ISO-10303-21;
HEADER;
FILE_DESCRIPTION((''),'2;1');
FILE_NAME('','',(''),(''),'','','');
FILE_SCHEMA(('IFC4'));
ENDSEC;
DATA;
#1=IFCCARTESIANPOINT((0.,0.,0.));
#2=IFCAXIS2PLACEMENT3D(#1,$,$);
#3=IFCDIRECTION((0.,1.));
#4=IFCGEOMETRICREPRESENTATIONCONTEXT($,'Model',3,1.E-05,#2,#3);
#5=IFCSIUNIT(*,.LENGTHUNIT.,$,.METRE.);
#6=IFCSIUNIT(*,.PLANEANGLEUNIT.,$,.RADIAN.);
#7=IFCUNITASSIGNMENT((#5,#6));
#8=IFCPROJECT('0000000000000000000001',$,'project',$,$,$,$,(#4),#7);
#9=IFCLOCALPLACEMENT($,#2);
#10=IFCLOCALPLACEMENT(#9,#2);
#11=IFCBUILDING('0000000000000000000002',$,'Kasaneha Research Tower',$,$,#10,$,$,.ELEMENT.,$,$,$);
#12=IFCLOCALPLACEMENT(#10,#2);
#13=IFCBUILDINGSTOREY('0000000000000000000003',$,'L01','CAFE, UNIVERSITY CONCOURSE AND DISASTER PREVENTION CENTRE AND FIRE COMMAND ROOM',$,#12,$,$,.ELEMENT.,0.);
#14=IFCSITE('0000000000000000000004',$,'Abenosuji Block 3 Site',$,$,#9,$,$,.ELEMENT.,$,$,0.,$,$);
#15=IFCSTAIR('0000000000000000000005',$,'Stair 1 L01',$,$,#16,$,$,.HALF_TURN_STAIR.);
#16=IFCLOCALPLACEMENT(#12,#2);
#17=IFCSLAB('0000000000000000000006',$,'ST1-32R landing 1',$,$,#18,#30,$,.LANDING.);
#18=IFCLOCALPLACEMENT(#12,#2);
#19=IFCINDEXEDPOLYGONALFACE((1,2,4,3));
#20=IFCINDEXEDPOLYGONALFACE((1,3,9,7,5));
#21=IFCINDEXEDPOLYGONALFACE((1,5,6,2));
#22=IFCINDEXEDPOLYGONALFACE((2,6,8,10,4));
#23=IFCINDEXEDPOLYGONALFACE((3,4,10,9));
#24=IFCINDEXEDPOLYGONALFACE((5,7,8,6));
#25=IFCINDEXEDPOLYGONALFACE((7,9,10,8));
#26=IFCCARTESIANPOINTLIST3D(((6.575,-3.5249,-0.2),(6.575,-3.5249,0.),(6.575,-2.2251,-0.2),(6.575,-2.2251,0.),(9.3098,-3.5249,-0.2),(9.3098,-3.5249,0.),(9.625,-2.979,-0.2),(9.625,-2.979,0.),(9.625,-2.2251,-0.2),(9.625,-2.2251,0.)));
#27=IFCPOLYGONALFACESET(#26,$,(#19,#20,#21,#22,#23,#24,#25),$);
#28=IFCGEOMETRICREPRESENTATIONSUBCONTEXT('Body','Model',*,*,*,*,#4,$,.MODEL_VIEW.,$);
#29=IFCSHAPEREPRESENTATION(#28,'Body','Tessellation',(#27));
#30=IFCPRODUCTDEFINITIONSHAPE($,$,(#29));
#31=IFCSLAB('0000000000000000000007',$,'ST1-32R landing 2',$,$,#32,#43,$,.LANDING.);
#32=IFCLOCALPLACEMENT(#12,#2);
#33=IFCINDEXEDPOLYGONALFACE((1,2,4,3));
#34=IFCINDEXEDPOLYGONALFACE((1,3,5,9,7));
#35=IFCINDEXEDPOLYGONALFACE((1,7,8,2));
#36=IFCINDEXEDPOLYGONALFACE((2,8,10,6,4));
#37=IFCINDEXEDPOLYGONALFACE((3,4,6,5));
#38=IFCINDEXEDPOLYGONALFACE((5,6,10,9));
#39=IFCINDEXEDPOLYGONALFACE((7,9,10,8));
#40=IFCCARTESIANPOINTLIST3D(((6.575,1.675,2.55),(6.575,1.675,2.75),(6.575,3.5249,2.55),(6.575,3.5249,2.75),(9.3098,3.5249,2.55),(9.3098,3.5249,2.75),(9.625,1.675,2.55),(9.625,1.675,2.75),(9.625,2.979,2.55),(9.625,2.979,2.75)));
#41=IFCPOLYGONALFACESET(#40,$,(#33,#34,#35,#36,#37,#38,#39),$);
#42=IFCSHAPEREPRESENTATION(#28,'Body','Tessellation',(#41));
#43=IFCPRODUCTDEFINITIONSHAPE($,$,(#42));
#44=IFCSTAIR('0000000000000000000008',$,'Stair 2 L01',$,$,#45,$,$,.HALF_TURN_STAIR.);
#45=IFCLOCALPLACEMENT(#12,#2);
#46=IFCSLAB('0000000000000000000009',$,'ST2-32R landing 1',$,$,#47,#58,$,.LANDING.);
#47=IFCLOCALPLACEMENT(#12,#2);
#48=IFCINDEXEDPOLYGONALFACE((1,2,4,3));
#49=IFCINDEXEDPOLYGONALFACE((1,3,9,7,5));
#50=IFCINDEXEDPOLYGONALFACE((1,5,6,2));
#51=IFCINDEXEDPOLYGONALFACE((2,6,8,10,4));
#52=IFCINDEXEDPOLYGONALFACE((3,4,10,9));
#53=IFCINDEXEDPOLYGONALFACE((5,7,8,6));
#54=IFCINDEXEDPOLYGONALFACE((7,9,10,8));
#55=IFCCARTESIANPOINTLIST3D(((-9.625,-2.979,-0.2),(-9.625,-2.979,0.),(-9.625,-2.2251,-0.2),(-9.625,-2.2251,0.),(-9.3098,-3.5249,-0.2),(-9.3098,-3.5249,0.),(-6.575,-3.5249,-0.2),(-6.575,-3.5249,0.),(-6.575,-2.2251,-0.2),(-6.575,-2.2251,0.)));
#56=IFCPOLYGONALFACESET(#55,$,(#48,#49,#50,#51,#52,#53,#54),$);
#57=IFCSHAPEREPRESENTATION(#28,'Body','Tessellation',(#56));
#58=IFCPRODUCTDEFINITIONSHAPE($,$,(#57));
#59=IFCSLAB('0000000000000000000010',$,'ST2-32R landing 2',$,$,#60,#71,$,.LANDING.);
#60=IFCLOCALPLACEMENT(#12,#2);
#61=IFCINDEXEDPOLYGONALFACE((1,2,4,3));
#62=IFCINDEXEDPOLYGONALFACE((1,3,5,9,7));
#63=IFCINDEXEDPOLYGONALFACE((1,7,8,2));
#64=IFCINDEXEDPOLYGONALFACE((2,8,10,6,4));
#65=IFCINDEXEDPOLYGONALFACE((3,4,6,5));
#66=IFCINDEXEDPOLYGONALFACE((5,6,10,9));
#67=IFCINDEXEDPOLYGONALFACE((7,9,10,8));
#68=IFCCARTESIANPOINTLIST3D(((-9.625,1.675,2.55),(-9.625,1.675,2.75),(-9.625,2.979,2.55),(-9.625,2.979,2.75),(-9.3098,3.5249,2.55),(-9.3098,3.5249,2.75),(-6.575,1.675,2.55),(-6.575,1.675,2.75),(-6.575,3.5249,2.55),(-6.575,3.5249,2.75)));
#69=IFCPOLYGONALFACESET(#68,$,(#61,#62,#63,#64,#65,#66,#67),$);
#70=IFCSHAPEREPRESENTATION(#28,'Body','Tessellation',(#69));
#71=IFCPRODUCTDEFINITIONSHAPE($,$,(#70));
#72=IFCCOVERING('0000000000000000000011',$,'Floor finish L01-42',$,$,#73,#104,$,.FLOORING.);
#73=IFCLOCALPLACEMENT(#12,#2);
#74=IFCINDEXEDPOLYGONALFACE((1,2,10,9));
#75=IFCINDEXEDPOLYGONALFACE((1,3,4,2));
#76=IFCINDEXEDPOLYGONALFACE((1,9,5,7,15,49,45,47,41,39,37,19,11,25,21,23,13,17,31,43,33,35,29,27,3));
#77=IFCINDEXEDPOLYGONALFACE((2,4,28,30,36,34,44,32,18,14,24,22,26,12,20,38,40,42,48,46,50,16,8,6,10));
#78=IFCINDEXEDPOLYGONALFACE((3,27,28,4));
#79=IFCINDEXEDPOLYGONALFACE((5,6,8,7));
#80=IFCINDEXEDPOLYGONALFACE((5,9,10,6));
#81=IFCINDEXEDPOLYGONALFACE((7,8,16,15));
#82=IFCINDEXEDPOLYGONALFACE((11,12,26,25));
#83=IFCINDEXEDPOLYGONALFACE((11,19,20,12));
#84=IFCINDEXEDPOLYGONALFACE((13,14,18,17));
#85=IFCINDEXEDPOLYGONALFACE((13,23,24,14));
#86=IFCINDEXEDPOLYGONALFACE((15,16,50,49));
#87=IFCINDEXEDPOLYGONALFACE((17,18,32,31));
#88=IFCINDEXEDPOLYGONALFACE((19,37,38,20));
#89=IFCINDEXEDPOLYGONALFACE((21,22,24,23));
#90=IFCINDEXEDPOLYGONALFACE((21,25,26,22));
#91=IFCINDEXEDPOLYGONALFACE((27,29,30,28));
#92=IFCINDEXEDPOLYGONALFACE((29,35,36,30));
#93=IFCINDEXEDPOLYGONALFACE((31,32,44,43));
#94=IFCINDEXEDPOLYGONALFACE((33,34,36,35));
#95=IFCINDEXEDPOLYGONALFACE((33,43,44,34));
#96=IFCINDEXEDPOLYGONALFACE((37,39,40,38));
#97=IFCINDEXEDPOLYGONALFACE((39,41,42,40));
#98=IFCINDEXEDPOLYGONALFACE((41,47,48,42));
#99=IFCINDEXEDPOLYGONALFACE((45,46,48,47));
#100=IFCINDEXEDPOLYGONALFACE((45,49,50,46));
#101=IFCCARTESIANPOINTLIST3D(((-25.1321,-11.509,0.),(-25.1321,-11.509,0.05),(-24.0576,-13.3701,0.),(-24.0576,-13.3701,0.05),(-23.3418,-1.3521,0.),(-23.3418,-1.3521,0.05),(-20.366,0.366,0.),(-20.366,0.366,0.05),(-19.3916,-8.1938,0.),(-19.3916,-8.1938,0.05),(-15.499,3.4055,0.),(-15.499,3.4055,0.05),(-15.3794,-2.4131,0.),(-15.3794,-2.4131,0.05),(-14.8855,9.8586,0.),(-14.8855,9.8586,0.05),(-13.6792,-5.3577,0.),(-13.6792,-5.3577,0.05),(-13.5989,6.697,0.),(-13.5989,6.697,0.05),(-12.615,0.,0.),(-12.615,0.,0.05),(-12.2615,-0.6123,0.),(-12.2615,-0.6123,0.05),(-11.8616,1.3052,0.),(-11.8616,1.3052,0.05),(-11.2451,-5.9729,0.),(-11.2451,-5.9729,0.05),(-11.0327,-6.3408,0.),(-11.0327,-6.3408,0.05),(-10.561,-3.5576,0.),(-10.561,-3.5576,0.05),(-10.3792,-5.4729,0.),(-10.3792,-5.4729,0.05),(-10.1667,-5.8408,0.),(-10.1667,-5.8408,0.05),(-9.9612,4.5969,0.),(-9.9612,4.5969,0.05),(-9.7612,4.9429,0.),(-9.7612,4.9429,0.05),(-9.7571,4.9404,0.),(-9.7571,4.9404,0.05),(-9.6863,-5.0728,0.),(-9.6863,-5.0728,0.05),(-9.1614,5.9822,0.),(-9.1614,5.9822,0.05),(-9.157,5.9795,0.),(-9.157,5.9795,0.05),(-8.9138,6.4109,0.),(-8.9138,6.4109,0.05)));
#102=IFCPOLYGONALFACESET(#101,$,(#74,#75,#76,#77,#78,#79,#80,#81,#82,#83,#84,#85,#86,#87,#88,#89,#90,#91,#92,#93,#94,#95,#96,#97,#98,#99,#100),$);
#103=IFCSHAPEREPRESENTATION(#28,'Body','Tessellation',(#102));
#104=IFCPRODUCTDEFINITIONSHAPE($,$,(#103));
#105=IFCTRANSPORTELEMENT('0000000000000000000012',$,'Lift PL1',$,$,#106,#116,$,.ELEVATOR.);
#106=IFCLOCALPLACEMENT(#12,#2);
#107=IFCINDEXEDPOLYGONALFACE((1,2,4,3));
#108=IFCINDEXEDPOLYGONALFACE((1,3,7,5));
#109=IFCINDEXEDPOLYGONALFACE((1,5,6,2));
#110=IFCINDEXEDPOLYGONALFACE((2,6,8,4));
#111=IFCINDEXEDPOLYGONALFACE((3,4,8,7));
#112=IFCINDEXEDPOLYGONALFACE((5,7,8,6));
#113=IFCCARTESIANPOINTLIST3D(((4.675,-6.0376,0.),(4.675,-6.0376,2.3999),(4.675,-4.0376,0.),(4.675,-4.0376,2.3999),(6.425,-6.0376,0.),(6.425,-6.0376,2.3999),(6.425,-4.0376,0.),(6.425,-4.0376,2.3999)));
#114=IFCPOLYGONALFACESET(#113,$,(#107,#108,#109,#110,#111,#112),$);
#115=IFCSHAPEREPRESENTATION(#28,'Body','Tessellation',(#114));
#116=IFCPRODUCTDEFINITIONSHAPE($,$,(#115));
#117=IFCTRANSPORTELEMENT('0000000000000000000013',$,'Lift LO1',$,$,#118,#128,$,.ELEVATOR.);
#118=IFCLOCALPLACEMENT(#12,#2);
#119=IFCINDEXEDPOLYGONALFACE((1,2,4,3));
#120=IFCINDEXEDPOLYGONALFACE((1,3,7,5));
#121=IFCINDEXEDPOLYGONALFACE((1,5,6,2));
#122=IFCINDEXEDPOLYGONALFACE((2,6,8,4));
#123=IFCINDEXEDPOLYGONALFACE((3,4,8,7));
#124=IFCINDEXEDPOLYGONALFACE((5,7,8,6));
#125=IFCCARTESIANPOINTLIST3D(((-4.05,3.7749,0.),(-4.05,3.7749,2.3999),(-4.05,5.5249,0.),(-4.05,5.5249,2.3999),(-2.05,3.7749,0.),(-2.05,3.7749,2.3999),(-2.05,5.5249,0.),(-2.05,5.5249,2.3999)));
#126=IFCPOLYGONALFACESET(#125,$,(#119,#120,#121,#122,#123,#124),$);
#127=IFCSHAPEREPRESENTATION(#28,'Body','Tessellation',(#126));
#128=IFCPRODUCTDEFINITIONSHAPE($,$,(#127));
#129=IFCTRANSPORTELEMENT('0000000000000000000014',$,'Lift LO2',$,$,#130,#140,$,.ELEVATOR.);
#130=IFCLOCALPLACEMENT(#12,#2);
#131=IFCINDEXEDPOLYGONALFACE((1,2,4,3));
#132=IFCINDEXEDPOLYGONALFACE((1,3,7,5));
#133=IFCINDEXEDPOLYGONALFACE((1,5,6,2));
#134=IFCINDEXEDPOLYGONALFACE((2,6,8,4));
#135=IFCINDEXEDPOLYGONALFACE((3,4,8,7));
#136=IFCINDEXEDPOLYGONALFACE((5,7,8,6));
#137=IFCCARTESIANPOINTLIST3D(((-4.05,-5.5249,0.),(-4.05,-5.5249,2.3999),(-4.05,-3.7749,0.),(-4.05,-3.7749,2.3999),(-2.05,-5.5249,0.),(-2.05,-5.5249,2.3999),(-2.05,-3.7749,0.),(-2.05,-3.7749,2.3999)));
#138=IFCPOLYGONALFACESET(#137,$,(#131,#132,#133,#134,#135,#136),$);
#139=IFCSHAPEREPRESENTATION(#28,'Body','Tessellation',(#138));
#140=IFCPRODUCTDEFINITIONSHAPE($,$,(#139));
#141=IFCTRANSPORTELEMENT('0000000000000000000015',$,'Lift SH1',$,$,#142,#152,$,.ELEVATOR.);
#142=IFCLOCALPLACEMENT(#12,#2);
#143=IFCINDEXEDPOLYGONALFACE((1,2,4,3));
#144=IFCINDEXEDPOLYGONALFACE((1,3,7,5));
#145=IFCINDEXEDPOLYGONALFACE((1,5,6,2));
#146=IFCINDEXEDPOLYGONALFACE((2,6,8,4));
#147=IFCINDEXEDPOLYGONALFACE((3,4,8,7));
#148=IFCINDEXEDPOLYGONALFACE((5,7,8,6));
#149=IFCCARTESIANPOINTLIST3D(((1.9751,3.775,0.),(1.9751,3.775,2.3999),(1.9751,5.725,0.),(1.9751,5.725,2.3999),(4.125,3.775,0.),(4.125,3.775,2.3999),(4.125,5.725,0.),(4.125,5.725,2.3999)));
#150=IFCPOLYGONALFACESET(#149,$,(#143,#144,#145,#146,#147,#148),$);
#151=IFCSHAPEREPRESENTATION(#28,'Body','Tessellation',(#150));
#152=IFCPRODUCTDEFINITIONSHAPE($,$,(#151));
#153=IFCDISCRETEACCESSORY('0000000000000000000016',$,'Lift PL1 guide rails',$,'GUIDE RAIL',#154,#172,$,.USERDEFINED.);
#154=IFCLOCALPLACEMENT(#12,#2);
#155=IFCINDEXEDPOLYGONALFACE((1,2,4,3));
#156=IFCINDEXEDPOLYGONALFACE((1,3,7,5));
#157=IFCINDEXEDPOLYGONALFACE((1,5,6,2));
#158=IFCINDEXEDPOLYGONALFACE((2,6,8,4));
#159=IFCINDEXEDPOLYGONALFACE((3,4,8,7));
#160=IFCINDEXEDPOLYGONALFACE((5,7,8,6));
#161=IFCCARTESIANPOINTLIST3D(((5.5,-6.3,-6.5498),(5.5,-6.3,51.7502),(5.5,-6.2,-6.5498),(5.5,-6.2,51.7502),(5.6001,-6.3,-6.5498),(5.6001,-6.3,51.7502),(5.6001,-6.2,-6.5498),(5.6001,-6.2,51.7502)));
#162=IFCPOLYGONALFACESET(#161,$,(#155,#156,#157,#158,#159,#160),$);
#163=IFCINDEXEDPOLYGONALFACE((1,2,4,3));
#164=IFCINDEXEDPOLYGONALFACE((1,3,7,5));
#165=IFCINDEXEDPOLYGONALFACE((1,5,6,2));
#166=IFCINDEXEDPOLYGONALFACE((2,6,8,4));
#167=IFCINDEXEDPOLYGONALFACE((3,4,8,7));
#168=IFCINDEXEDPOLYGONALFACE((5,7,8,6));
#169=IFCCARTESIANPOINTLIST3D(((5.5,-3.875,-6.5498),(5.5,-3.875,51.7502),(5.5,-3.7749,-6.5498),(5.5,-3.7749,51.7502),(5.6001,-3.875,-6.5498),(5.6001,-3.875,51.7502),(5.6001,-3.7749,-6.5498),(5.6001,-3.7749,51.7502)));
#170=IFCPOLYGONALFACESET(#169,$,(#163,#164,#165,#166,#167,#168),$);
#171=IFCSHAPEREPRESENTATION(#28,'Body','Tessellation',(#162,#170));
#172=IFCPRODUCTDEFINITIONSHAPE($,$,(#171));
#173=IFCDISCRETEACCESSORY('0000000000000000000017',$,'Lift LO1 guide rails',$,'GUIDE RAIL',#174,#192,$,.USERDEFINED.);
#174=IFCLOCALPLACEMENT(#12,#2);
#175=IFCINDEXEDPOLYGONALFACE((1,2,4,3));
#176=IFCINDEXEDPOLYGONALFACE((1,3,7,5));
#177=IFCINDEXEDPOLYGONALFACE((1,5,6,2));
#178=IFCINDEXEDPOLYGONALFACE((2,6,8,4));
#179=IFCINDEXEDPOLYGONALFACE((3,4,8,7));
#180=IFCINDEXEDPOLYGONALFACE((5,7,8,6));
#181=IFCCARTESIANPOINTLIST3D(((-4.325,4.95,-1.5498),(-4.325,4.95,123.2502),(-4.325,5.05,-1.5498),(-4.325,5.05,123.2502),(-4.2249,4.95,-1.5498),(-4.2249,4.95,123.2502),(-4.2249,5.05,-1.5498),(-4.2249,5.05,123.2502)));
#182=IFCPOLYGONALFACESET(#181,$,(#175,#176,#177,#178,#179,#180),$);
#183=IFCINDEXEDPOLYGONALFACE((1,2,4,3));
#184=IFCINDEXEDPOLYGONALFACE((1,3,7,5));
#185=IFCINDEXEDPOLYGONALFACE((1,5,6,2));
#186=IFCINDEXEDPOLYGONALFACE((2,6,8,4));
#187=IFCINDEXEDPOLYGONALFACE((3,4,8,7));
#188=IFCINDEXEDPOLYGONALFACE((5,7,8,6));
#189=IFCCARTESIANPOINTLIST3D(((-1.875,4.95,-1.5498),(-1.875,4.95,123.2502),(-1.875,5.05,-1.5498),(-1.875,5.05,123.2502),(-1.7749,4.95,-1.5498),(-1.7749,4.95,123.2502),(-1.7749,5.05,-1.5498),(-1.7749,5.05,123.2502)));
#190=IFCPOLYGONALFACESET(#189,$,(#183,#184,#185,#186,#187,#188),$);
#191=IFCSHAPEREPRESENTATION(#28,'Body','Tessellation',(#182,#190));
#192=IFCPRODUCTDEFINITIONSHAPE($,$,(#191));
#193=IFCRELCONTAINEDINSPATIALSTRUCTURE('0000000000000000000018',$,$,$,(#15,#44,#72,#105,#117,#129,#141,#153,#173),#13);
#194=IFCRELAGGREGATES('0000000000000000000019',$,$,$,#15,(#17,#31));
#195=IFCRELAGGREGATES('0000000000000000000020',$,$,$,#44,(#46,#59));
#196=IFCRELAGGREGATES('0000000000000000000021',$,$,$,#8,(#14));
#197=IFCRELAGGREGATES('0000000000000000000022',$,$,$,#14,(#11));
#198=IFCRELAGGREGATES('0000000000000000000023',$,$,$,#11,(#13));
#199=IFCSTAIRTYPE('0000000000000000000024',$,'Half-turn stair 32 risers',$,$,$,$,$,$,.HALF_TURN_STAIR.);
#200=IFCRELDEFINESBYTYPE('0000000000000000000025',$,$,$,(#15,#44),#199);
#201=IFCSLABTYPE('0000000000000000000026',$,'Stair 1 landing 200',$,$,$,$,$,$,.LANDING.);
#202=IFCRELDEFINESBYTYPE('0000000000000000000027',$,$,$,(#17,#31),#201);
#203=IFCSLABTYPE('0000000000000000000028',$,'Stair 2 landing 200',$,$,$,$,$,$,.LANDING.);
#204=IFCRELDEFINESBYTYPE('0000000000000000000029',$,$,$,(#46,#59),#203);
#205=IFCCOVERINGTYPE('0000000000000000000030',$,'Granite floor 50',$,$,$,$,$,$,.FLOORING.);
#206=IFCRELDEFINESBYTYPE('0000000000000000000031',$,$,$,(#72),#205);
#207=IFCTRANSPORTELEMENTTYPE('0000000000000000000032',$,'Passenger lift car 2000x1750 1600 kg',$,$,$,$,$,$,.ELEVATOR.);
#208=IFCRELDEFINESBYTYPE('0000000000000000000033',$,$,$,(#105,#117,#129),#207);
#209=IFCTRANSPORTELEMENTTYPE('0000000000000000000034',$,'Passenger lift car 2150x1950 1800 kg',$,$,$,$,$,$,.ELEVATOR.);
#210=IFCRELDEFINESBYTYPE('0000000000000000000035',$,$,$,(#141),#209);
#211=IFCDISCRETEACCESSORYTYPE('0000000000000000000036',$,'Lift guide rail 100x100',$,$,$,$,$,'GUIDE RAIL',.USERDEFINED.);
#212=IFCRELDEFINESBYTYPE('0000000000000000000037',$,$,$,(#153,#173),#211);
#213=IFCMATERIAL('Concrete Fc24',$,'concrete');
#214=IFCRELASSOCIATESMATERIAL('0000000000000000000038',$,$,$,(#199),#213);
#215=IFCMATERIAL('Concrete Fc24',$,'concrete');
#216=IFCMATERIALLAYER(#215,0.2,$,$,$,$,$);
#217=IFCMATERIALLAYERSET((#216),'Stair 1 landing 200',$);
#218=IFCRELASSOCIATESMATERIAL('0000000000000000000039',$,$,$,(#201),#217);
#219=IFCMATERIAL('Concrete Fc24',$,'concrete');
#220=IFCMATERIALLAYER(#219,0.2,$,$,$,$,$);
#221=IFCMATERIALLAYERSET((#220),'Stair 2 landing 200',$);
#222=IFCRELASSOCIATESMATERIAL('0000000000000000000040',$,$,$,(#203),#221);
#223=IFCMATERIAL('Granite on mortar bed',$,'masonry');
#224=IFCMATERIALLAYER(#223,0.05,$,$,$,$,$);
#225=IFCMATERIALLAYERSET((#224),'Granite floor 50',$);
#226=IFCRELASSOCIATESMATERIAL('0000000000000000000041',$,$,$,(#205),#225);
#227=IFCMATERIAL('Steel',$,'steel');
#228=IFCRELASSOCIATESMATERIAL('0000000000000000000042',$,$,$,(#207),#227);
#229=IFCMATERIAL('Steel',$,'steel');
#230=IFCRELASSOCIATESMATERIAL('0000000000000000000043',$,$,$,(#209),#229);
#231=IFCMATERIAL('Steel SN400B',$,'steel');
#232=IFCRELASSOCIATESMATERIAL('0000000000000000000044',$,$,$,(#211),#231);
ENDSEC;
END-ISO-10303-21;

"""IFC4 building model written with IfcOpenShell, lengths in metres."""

from ifc_helpers import new_model, si_unit, direction, frame, origin, origin_2d, place, context, subcontext, project, spatial, polyline, rectangle, outline, extrude, material, layer, layer_set, type_object, element, aggregate, save


model = new_model("IFC4")

# Units and contexts
model_context = context("Model", 3, precision=1e-05, world=origin(), true_north=direction((0.0, 1.0)))
body_context = subcontext(model_context, "Body", "Model", "MODEL_VIEW")
ifc_project = project(units=[si_unit("LENGTHUNIT", "METRE"), si_unit("PLANEANGLEUNIT", "RADIAN")], contexts=[model_context])

# Site, building, storey
site_placement = place(None, origin())
site = spatial("IfcSite", under=ifc_project, at=site_placement, Name="Abenosuji Block 3 Site", CompositionType="ELEMENT", RefElevation=0.0)
building_placement = place(site_placement, origin())
building = spatial("IfcBuilding", under=site, at=building_placement, Name="Kasaneha Research Tower", CompositionType="ELEMENT")
storey_placement = place(building_placement, origin())
storey = spatial("IfcBuildingStorey", under=building, at=storey_placement, Name="L01", Description="CAFE, UNIVERSITY CONCOURSE AND DISASTER PREVENTION CENTRE AND FIRE COMMAND ROOM", CompositionType="ELEMENT", Elevation=0.0)

# Stairs, slabs
ifc_material_1 = material(Name="Concrete Fc24", Category="concrete")
stair_type = type_object("IfcStairType", Name="Half-turn stair 32 risers", PredefinedType="HALF_TURN_STAIR", material=ifc_material_1)
stair_1_placement = place(storey_placement, origin())
stair_1 = element("IfcStair", 1, at=stair_1_placement, inside=storey, type_object=stair_type, Name="Stair 1 L01", PredefinedType="HALF_TURN_STAIR")
ifc_material_2 = material(Name="Concrete Fc24", Category="concrete")
ifc_layer_1 = layer(ifc_material_2, 0.2)
ifc_layer_set_1 = layer_set([ifc_layer_1], Name="Stair 1 landing 200")
slab_type_1 = type_object("IfcSlabType", Name="Stair 1 landing 200", PredefinedType="LANDING", material=ifc_layer_set_1)
slab_1_placement = place(storey_placement, frame((0.0, 0.0, -0.2)))
slab_1 = element("IfcSlab", 2, at=slab_1_placement, type_object=slab_type_1, Name="ST1-32R landing 1", PredefinedType="LANDING", context=body_context, shape_type="SweptSolid", body=[
    extrude(outline(polyline([(9.3098, -3.5249), (6.575, -3.5249), (6.575, -2.2251), (9.625, -2.2251), (9.625, -2.979), (9.3098, -3.5249)])), origin(), (0.0, 0.0, 1.0), 0.2),
])
slab_2_placement = place(storey_placement, frame((0.0, 0.0, 2.55)))
slab_2 = element("IfcSlab", 3, at=slab_2_placement, type_object=slab_type_1, Name="ST1-32R landing 2", PredefinedType="LANDING", context=body_context, shape_type="SweptSolid", body=[
    extrude(outline(polyline([(6.575, 3.5249), (9.3098, 3.5249), (9.625, 2.979), (9.625, 1.675), (6.575, 1.675), (6.575, 3.5249)])), origin(), (0.0, 0.0, 1.0), 0.2),
])
aggregate(stair_1, [slab_1, slab_2])
stair_2_placement = place(storey_placement, origin())
stair_2 = element("IfcStair", 4, at=stair_2_placement, inside=storey, type_object=stair_type, Name="Stair 2 L01", PredefinedType="HALF_TURN_STAIR")
ifc_material_3 = material(Name="Concrete Fc24", Category="concrete")
ifc_layer_2 = layer(ifc_material_3, 0.2)
ifc_layer_set_2 = layer_set([ifc_layer_2], Name="Stair 2 landing 200")
slab_type_2 = type_object("IfcSlabType", Name="Stair 2 landing 200", PredefinedType="LANDING", material=ifc_layer_set_2)
slab_3_placement = place(storey_placement, frame((0.0, 0.0, -0.2)))
slab_3 = element("IfcSlab", 5, at=slab_3_placement, type_object=slab_type_2, Name="ST2-32R landing 1", PredefinedType="LANDING", context=body_context, shape_type="SweptSolid", body=[
    extrude(outline(polyline([(-6.575, -3.5249), (-9.3098, -3.5249), (-9.625, -2.979), (-9.625, -2.2251), (-6.575, -2.2251), (-6.575, -3.5249)])), origin(), (0.0, 0.0, 1.0), 0.2),
])
slab_4_placement = place(storey_placement, frame((0.0, 0.0, 2.55)))
slab_4 = element("IfcSlab", 6, at=slab_4_placement, type_object=slab_type_2, Name="ST2-32R landing 2", PredefinedType="LANDING", context=body_context, shape_type="SweptSolid", body=[
    extrude(outline(polyline([(-6.575, 1.675), (-9.625, 1.675), (-9.625, 2.979), (-9.3098, 3.5249), (-6.575, 3.5249), (-6.575, 1.675)])), origin(), (0.0, 0.0, 1.0), 0.2),
])
aggregate(stair_2, [slab_3, slab_4])

# Covering
ifc_material_4 = material(Name="Granite on mortar bed", Category="masonry")
ifc_layer_3 = layer(ifc_material_4, 0.05)
ifc_layer_set_3 = layer_set([ifc_layer_3], Name="Granite floor 50")
covering_type = type_object("IfcCoveringType", Name="Granite floor 50", PredefinedType="FLOORING", material=ifc_layer_set_3)
covering_placement = place(storey_placement, origin())
element("IfcCovering", 7, at=covering_placement, inside=storey, type_object=covering_type, Name="Floor finish L01-42", PredefinedType="FLOORING", context=body_context, shape_type="SweptSolid", body=[
    extrude(outline(polyline([(-15.499, 3.4055), (-11.8616, 1.3052), (-12.615, 0.0), (-12.2615, -0.6123), (-15.3794, -2.4131), (-13.6792, -5.3577), (-10.561, -3.5576), (-9.6863, -5.0728), (-10.3792, -5.4729), (-10.1667, -5.8408), (-11.0327, -6.3408), (-11.2451, -5.9729), (-24.0576, -13.3701), (-25.1321, -11.509), (-19.3916, -8.1938), (-23.3418, -1.3521), (-20.366, 0.366), (-14.8855, 9.8586), (-8.9138, 6.4109), (-9.1614, 5.9822), (-9.157, 5.9795), (-9.7571, 4.9404), (-9.7612, 4.9429), (-9.9612, 4.5969), (-13.5989, 6.697), (-15.499, 3.4055)])), origin(), (0.0, 0.0, 1.0), 0.05),
])

# Transport elements
ifc_material_5 = material(Name="Steel", Category="steel")
transport_element_type_1 = type_object("IfcTransportElementType", Name="Passenger lift car 2000x1750 1600 kg", PredefinedType="ELEVATOR", material=ifc_material_5)
transport_element_1_placement = place(storey_placement, origin())
element("IfcTransportElement", 8, at=transport_element_1_placement, inside=storey, type_object=transport_element_type_1, Name="Lift PL1", PredefinedType="ELEVATOR", context=body_context, shape_type="SweptSolid", body=[
    extrude(rectangle(XDim=1.75, YDim=2.0, at=origin_2d()), frame((5.55, -5.0376, 0.0)), (0.0, 0.0, 1.0), 2.3999),
])
transport_element_2_placement = place(storey_placement, origin())
element("IfcTransportElement", 9, at=transport_element_2_placement, inside=storey, type_object=transport_element_type_1, Name="Lift LO1", PredefinedType="ELEVATOR", context=body_context, shape_type="SweptSolid", body=[
    extrude(rectangle(XDim=2.0, YDim=1.75, at=origin_2d()), frame((-3.05, 4.6499, 0.0)), (0.0, 0.0, 1.0), 2.3999),
])
transport_element_3_placement = place(storey_placement, origin())
element("IfcTransportElement", 10, at=transport_element_3_placement, inside=storey, type_object=transport_element_type_1, Name="Lift LO2", PredefinedType="ELEVATOR", context=body_context, shape_type="SweptSolid", body=[
    extrude(rectangle(XDim=2.0, YDim=1.75, at=origin_2d()), frame((-3.05, -4.6499, 0.0)), (0.0, 0.0, 1.0), 2.3999),
])
ifc_material_6 = material(Name="Steel", Category="steel")
transport_element_type_2 = type_object("IfcTransportElementType", Name="Passenger lift car 2150x1950 1800 kg", PredefinedType="ELEVATOR", material=ifc_material_6)
transport_element_4_placement = place(storey_placement, origin())
element("IfcTransportElement", 11, at=transport_element_4_placement, inside=storey, type_object=transport_element_type_2, Name="Lift SH1", PredefinedType="ELEVATOR", context=body_context, shape_type="SweptSolid", body=[
    extrude(rectangle(XDim=2.1499, YDim=1.95, at=origin_2d()), frame((3.05, 4.75, 0.0)), (0.0, 0.0, 1.0), 2.3999),
])

# Discrete accessories
ifc_material_7 = material(Name="Steel SN400B", Category="steel")
discrete_accessory_type = type_object("IfcDiscreteAccessoryType", Name="Lift guide rail 100x100", ElementType="GUIDE RAIL", PredefinedType="USERDEFINED", material=ifc_material_7)
discrete_accessory_1_placement = place(storey_placement, origin())
element("IfcDiscreteAccessory", 12, at=discrete_accessory_1_placement, inside=storey, type_object=discrete_accessory_type, Name="Lift PL1 guide rails", ObjectType="GUIDE RAIL", PredefinedType="USERDEFINED", context=body_context, shape_type="SweptSolid", body=[
    extrude(rectangle(XDim=0.1001, YDim=0.1001, at=origin_2d()), frame((5.55, -6.25, -6.5498)), (0.0, 0.0, 1.0), 58.3),
    extrude(rectangle(XDim=0.1001, YDim=0.1001, at=origin_2d()), frame((5.55, -3.825, -6.5498)), (0.0, 0.0, 1.0), 58.3),
])
discrete_accessory_2_placement = place(storey_placement, origin())
element("IfcDiscreteAccessory", 13, at=discrete_accessory_2_placement, inside=storey, type_object=discrete_accessory_type, Name="Lift LO1 guide rails", ObjectType="GUIDE RAIL", PredefinedType="USERDEFINED", context=body_context, shape_type="SweptSolid", body=[
    extrude(rectangle(XDim=0.1001, YDim=0.1001, at=origin_2d()), frame((-4.2749, 5.0, -1.5498)), (0.0, 0.0, 1.0), 124.8),
    extrude(rectangle(XDim=0.1001, YDim=0.1001, at=origin_2d()), frame((-1.825, 5.0, -1.5498)), (0.0, 0.0, 1.0), 124.8),
])

save(model, "model.ifc")
